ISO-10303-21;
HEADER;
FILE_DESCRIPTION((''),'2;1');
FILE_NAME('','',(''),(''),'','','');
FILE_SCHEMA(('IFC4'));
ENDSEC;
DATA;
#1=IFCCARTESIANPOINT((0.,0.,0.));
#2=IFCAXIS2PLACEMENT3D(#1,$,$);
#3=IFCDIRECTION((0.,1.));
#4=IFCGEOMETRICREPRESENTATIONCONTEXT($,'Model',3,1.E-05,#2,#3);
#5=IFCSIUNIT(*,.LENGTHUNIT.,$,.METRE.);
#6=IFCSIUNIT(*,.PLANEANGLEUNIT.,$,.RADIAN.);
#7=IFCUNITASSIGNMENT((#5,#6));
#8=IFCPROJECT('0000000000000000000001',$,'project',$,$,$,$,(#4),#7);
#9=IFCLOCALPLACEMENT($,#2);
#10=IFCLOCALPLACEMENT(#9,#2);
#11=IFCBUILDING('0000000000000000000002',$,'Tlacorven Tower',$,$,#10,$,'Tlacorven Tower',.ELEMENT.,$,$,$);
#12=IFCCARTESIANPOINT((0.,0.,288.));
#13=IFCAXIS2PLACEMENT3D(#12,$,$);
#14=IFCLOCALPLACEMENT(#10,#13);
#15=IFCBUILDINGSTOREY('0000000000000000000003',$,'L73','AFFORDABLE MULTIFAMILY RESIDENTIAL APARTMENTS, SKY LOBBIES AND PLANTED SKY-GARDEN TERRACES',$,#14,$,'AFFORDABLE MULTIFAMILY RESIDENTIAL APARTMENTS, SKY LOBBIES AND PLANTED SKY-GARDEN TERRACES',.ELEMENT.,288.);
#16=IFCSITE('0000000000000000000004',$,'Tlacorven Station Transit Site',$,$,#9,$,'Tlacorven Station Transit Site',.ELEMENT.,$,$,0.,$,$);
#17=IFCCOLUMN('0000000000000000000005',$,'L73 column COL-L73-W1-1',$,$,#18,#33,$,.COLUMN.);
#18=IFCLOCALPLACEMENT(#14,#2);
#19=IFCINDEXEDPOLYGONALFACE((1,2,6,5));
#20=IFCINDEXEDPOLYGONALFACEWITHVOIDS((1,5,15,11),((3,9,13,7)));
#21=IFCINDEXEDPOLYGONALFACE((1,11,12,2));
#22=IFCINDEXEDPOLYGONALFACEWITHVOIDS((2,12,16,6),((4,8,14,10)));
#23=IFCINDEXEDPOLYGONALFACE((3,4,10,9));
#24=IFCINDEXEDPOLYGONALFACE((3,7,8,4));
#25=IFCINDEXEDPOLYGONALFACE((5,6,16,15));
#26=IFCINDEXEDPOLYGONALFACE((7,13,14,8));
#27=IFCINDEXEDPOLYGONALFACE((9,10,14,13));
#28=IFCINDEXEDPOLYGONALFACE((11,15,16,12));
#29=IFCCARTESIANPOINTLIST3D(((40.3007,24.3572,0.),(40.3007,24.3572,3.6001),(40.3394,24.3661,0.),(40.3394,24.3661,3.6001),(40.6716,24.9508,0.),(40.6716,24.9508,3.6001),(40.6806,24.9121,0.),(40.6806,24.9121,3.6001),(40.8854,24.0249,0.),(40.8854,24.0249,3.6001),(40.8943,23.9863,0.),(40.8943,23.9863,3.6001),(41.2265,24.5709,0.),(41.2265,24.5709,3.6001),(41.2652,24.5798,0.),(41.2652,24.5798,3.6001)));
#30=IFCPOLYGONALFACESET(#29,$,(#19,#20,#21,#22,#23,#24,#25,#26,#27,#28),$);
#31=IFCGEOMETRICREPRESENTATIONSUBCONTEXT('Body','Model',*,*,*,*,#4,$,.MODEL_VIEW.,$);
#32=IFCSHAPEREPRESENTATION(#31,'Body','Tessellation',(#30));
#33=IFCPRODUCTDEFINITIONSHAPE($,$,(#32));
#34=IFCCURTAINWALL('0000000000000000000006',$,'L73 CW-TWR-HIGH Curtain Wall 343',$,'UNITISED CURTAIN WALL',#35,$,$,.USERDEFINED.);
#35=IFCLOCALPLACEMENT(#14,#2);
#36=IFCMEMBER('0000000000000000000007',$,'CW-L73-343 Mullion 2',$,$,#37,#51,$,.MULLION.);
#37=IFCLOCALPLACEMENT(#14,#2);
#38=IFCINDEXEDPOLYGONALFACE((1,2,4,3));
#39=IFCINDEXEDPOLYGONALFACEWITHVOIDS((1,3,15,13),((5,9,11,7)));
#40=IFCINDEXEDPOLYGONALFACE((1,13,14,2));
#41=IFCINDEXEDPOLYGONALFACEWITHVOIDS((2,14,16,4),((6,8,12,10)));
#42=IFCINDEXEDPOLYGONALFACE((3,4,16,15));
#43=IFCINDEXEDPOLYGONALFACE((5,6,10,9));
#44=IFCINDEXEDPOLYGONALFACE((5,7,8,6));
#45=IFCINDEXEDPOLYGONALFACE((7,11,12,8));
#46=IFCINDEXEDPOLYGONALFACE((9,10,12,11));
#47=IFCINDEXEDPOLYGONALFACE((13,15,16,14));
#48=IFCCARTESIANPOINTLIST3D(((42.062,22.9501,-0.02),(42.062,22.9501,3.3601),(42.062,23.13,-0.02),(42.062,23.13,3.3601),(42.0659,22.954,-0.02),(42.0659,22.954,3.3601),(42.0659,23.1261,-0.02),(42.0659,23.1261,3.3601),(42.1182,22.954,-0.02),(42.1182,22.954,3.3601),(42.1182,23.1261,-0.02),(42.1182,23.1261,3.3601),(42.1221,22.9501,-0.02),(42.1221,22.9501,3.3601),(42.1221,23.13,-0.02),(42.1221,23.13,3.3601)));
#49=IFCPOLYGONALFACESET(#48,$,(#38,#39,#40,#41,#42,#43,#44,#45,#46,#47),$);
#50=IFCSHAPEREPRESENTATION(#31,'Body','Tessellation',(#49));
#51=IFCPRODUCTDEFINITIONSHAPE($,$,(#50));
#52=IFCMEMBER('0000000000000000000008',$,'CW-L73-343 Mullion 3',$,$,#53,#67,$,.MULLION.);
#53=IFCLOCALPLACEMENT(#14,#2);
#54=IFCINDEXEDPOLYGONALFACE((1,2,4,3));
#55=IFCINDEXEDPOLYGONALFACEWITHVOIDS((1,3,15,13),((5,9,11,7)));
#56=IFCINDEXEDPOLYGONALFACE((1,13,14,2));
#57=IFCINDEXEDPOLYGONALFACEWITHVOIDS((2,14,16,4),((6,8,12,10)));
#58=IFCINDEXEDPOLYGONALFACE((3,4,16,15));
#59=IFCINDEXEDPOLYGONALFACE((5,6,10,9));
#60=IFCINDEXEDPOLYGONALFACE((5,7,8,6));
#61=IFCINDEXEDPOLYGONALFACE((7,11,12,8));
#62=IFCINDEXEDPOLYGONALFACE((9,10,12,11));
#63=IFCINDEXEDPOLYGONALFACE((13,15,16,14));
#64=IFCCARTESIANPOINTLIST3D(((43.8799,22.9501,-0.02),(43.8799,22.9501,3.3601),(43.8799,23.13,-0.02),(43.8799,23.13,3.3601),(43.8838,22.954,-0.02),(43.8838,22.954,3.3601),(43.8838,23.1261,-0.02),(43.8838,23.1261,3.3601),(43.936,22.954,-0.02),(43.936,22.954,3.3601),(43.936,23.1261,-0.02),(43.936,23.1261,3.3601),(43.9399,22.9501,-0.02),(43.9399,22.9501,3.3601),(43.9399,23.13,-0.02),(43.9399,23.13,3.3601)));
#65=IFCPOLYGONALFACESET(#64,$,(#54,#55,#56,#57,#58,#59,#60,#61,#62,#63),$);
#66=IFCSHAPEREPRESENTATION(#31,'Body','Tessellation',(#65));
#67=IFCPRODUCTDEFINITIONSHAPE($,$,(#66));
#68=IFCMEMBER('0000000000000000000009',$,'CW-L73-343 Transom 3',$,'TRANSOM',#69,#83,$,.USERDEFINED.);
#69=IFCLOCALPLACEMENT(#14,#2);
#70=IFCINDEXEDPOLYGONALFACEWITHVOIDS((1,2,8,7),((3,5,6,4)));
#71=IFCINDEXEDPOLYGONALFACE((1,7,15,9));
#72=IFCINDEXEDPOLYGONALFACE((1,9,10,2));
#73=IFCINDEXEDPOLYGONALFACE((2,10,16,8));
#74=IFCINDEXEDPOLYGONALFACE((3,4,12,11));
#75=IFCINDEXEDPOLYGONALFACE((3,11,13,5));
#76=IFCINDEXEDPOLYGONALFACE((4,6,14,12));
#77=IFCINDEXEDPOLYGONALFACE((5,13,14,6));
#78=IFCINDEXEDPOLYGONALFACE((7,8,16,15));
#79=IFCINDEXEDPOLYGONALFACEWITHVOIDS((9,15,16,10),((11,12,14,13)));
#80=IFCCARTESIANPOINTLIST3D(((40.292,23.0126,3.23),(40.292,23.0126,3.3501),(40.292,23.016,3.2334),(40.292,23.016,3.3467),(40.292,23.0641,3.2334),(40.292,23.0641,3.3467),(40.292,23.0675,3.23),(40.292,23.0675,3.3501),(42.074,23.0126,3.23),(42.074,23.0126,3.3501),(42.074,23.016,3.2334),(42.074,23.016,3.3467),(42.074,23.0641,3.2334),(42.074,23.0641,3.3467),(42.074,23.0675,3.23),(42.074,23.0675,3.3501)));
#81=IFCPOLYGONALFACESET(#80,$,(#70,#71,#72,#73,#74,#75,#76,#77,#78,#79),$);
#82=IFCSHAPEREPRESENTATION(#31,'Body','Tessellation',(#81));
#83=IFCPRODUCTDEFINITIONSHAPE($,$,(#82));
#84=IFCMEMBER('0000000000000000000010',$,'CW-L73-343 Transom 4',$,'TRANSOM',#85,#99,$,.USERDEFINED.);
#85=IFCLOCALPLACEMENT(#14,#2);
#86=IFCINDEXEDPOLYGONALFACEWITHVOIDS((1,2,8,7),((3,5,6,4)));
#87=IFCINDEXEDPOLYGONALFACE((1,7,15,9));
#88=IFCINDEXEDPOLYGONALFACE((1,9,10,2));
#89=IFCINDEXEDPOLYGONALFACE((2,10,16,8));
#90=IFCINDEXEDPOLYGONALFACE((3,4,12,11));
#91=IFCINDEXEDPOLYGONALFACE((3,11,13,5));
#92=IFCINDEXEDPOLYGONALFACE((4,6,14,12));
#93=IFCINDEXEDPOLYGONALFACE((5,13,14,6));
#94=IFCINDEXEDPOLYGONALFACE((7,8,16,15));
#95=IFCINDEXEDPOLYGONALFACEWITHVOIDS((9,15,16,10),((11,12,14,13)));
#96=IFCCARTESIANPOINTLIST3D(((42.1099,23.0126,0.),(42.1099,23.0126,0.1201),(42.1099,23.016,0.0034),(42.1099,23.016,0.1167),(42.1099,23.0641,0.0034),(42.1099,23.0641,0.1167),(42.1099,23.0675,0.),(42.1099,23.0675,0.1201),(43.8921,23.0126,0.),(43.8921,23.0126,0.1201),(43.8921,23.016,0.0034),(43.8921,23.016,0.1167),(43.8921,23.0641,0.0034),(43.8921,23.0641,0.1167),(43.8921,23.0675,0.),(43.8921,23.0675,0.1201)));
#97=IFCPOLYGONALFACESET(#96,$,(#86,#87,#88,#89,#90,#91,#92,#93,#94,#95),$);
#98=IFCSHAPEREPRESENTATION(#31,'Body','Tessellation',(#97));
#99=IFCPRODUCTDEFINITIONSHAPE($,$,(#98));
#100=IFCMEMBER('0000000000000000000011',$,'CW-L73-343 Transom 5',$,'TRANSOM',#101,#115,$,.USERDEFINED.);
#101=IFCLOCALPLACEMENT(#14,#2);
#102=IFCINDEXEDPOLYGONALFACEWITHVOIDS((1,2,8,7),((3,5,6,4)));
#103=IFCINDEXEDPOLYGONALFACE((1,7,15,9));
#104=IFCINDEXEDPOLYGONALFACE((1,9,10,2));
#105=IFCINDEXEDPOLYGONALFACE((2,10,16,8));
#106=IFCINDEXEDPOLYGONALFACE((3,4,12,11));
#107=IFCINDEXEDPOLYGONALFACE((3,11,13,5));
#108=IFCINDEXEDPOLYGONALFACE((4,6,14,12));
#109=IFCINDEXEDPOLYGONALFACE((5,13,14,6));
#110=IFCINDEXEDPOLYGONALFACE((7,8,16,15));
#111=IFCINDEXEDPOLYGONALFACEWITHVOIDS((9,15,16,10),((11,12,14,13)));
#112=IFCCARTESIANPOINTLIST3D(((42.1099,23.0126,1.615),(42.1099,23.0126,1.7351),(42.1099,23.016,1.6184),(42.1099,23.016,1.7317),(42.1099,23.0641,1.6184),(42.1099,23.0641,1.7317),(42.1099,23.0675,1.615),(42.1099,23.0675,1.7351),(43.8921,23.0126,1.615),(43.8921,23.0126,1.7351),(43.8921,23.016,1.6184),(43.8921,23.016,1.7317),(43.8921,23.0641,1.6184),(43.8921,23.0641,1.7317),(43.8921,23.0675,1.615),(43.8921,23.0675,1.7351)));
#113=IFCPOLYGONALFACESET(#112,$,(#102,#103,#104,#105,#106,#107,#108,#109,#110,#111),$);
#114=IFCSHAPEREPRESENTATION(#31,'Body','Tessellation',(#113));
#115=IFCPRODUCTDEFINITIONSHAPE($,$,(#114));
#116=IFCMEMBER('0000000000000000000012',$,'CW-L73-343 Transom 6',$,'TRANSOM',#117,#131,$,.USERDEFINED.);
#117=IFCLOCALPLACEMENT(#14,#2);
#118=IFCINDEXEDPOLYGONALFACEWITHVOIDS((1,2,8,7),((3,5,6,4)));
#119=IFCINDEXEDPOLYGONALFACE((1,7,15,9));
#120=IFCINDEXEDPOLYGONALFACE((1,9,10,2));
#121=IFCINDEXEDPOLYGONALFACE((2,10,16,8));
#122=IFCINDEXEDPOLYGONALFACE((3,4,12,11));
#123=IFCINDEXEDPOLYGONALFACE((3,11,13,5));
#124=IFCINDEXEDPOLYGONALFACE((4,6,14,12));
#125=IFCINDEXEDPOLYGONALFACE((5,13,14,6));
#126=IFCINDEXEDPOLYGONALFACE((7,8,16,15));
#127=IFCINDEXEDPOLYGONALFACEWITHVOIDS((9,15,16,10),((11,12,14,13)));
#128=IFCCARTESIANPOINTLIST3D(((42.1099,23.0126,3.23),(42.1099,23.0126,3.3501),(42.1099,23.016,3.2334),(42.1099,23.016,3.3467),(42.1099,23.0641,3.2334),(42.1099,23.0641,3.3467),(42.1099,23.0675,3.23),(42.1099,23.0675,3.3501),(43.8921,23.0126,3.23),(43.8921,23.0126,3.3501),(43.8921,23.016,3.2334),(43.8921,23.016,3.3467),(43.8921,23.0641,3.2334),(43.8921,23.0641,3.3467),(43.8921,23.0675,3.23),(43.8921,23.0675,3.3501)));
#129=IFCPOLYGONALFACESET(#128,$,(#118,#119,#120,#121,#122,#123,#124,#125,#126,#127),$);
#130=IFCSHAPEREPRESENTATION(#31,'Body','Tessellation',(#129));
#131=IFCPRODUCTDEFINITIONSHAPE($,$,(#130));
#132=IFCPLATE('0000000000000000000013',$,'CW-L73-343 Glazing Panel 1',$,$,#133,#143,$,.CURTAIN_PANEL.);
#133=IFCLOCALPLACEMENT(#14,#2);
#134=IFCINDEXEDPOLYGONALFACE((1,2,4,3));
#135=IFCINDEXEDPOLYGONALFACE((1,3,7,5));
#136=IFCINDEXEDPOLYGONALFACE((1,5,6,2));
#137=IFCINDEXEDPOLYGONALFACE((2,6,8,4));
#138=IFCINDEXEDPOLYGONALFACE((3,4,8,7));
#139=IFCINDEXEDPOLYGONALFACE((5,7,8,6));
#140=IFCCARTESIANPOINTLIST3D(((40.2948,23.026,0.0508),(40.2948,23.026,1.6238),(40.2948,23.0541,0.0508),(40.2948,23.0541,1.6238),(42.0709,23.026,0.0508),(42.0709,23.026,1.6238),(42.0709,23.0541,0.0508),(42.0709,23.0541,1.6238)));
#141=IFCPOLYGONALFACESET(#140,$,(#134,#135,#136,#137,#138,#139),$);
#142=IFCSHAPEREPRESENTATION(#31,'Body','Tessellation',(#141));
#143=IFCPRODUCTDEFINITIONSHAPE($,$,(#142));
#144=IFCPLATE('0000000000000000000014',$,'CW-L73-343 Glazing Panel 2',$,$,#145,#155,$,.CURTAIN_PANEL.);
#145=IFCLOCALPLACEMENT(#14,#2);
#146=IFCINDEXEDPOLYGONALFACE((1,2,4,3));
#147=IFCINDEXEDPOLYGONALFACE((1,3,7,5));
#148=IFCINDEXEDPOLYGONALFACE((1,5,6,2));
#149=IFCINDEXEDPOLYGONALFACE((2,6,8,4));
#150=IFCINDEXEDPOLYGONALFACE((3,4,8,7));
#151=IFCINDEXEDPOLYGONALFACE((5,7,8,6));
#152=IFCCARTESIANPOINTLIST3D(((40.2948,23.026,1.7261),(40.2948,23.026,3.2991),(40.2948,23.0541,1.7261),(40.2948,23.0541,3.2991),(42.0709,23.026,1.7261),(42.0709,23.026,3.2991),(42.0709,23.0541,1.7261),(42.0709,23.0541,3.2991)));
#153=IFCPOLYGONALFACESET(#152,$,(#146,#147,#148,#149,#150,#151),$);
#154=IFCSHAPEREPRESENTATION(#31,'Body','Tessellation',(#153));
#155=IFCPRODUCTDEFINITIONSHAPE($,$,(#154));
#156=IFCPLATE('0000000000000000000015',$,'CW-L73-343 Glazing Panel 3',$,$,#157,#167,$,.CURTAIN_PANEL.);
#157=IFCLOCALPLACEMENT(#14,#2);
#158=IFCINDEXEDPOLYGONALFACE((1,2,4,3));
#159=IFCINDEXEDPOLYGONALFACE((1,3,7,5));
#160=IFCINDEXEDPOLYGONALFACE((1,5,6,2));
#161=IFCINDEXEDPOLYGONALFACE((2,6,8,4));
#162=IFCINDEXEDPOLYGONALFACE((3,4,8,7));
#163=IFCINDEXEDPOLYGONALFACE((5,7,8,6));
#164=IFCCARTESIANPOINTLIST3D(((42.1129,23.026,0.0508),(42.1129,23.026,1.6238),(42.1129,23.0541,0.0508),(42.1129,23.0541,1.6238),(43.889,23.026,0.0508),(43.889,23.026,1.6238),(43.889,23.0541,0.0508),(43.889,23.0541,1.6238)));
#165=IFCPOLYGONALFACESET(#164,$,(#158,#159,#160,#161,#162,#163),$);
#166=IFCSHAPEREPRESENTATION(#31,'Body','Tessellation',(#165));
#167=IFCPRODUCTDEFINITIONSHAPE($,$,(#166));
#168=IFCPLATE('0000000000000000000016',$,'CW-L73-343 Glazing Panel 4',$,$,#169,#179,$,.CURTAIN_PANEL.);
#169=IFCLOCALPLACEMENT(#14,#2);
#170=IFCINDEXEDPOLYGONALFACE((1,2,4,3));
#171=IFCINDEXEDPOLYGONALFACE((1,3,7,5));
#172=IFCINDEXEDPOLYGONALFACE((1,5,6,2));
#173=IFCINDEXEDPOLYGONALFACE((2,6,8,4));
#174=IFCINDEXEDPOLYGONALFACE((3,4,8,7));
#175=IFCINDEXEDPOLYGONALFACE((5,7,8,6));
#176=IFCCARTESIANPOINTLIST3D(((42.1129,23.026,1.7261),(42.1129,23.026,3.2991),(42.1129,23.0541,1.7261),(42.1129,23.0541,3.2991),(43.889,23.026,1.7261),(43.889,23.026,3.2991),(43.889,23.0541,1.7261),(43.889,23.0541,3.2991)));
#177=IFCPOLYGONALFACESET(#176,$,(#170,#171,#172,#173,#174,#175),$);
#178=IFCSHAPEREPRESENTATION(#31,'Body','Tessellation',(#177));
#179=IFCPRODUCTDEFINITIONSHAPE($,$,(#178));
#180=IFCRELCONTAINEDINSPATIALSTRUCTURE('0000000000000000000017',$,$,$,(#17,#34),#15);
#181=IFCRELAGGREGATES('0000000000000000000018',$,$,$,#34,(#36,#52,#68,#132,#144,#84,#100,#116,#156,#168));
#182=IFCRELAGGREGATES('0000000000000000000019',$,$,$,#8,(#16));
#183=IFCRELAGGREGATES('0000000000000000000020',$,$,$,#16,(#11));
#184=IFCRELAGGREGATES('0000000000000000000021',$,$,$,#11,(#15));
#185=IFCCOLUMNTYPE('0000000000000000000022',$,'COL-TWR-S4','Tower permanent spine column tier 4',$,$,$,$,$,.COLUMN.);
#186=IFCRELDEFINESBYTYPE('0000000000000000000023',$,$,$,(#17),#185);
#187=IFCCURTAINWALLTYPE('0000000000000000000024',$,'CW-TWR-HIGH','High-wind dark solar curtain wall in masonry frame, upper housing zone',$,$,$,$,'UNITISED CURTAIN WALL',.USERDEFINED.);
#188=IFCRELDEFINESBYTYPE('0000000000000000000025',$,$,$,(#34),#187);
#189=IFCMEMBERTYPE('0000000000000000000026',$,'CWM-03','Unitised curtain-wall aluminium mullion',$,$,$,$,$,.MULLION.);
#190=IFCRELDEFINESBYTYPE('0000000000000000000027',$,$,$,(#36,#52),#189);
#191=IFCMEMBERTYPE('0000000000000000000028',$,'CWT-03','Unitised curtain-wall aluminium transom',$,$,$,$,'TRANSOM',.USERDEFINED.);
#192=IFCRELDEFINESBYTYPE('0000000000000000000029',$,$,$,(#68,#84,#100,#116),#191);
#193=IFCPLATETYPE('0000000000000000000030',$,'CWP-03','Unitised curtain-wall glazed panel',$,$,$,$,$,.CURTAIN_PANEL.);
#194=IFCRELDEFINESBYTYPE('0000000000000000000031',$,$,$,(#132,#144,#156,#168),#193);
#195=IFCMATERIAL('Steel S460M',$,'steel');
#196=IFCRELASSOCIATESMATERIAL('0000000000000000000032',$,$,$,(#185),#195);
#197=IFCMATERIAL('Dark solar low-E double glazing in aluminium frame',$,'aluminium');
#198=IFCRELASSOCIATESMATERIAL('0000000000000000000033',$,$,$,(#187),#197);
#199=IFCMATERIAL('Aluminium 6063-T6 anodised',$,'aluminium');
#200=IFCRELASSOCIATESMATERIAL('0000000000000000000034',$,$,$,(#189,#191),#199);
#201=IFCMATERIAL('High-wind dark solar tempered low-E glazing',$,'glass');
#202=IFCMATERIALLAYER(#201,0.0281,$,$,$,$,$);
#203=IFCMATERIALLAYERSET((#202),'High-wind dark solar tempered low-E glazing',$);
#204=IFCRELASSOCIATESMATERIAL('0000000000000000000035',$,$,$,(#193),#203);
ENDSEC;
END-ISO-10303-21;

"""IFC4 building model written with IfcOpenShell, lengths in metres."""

from ifc_helpers import new_model, si_unit, direction, frame, origin, origin_2d, place, context, subcontext, project, spatial, rectangle, hollow_rectangle, extrude, source, transform, mapped, material, layer, layer_set, material_profile, profile_set, type_object, element, aggregate, save


model = new_model("IFC4")

# Units and contexts
model_context = context("Model", 3, precision=1e-05, world=origin(), true_north=direction((0.0, 1.0)))
body_context = subcontext(model_context, "Body", "Model", "MODEL_VIEW")
ifc_project = project(units=[si_unit("LENGTHUNIT", "METRE"), si_unit("PLANEANGLEUNIT", "RADIAN")], contexts=[model_context])

# Site, building, storey
site_placement = place(None, origin())
site = spatial("IfcSite", under=ifc_project, at=site_placement, Name="Tlacorven Station Transit Site", LongName="Tlacorven Station Transit Site", CompositionType="ELEMENT", RefElevation=0.0)
building_placement = place(site_placement, origin())
building = spatial("IfcBuilding", under=site, at=building_placement, Name="Tlacorven Tower", LongName="Tlacorven Tower", CompositionType="ELEMENT")
storey_placement = place(building_placement, frame((0.0, 0.0, 288.0)))
storey = spatial("IfcBuildingStorey", under=building, at=storey_placement, Name="L73", Description="AFFORDABLE MULTIFAMILY RESIDENTIAL APARTMENTS, SKY LOBBIES AND PLANTED SKY-GARDEN TERRACES", LongName="AFFORDABLE MULTIFAMILY RESIDENTIAL APARTMENTS, SKY LOBBIES AND PLANTED SKY-GARDEN TERRACES", CompositionType="ELEMENT", Elevation=288.0)

# Column
ifc_material_1 = material(Name="Steel S460M", Category="steel")
ifc_material_profile_1 = material_profile(ifc_material_1, hollow_rectangle(XDim=0.7, YDim=0.7, WallThickness=0.0281, at=origin_2d()), Name="BOX 700X700X28")
ifc_profile_set_1 = profile_set([ifc_material_profile_1], Name="Steel S460M")
column_type = type_object("IfcColumnType", Name="COL-TWR-S4", Description="Tower permanent spine column tier 4", PredefinedType="COLUMN", material=ifc_profile_set_1)
shared_shape_1 = source(origin(), body_context, "Body", "SweptSolid", [
    extrude(hollow_rectangle(XDim=0.7, YDim=0.7, WallThickness=0.0281, at=origin_2d()), origin(), (0.0, 0.0, 1.0), 3.6001),
])
column_placement = place(storey_placement, frame((40.783, 24.4685, 0.0), z_axis=(0.0, 0.0, 1.0), x_axis=(-0.848048, 0.529919, 0.0)))
element("IfcColumn", 1, at=column_placement, inside=storey, type_object=column_type, Name="L73 column COL-L73-W1-1", PredefinedType="COLUMN", context=body_context, shape_type="MappedRepresentation", body=[
    mapped(shared_shape_1, transform((0.0, 0.0, 0.0), scale=1.0)),
])

# Curtain wall, members, plates
ifc_material_2 = material(Name="Dark solar low-E double glazing in aluminium frame", Category="aluminium")
curtain_wall_type = type_object("IfcCurtainWallType", Name="CW-TWR-HIGH", Description="High-wind dark solar curtain wall in masonry frame, upper housing zone", ElementType="UNITISED CURTAIN WALL", PredefinedType="USERDEFINED", material=ifc_material_2)
curtain_wall_placement = place(storey_placement, origin())
curtain_wall = element("IfcCurtainWall", 2, at=curtain_wall_placement, inside=storey, type_object=curtain_wall_type, Name="L73 CW-TWR-HIGH Curtain Wall 343", ObjectType="UNITISED CURTAIN WALL", PredefinedType="USERDEFINED")
ifc_material_3 = material(Name="Aluminium 6063-T6 anodised", Category="aluminium")
ifc_material_profile_2 = material_profile(ifc_material_3, hollow_rectangle(XDim=0.0601, YDim=0.1799, WallThickness=0.0039, at=origin_2d()), Name="ALU MULLION 60X180")
ifc_profile_set_2 = profile_set([ifc_material_profile_2], Name="Aluminium 6063-T6 anodised")
member_type_1 = type_object("IfcMemberType", Name="CWM-03", Description="Unitised curtain-wall aluminium mullion", PredefinedType="MULLION", material=ifc_profile_set_2)
shared_shape_2 = source(origin(), body_context, "Body", "SweptSolid", [
    extrude(hollow_rectangle(XDim=0.0601, YDim=0.1799, WallThickness=0.0039, at=origin_2d()), origin(), (0.0, 0.0, 1.0), 3.3801),
])
member_1_placement = place(storey_placement, frame((42.092, 23.04, -0.02), z_axis=(0.0, 0.0, 1.0), x_axis=(1.0, 0.0, 0.0)))
member_1 = element("IfcMember", 3, at=member_1_placement, type_object=member_type_1, Name="CW-L73-343 Mullion 2", PredefinedType="MULLION", context=body_context, shape_type="MappedRepresentation", body=[
    mapped(shared_shape_2, transform((0.0, 0.0, 0.0), scale=1.0)),
])
member_2_placement = place(storey_placement, frame((43.9099, 23.04, -0.02), z_axis=(0.0, 0.0, 1.0), x_axis=(1.0, 0.0, 0.0)))
member_2 = element("IfcMember", 4, at=member_2_placement, type_object=member_type_1, Name="CW-L73-343 Mullion 3", PredefinedType="MULLION", context=body_context, shape_type="MappedRepresentation", body=[
    mapped(shared_shape_2, transform((0.0, 0.0, 0.0), scale=1.0)),
])
ifc_material_profile_3 = material_profile(ifc_material_3, hollow_rectangle(XDim=0.0549, YDim=0.1201, WallThickness=0.0034, at=origin_2d()), Name="ALU TRANSOM 55X120")
ifc_profile_set_3 = profile_set([ifc_material_profile_3], Name="Aluminium 6063-T6 anodised")
member_type_2 = type_object("IfcMemberType", Name="CWT-03", Description="Unitised curtain-wall aluminium transom", ElementType="TRANSOM", PredefinedType="USERDEFINED", material=ifc_profile_set_3)
shared_shape_3 = source(origin(), body_context, "Body", "SweptSolid", [
    extrude(hollow_rectangle(XDim=0.0549, YDim=0.1201, WallThickness=0.0034, at=origin_2d()), origin(), (0.0, 0.0, 1.0), 1.782),
])
member_3_placement = place(storey_placement, frame((40.292, 23.04, 3.29), z_axis=(1.0, 0.0, 0.0), x_axis=(0.0, 1.0, 0.0)))
member_3 = element("IfcMember", 5, at=member_3_placement, type_object=member_type_2, Name="CW-L73-343 Transom 3", ObjectType="TRANSOM", PredefinedType="USERDEFINED", context=body_context, shape_type="MappedRepresentation", body=[
    mapped(shared_shape_3, transform((0.0, 0.0, 0.0), scale=1.0)),
])
shared_shape_4 = source(origin(), body_context, "Body", "SweptSolid", [
    extrude(hollow_rectangle(XDim=0.0549, YDim=0.1201, WallThickness=0.0034, at=origin_2d()), origin(), (0.0, 0.0, 1.0), 1.7822),
])
member_4_placement = place(storey_placement, frame((42.1099, 23.04, 0.0601), z_axis=(1.0, 0.0, 0.0), x_axis=(0.0, 1.0, 0.0)))
member_4 = element("IfcMember", 6, at=member_4_placement, type_object=member_type_2, Name="CW-L73-343 Transom 4", ObjectType="TRANSOM", PredefinedType="USERDEFINED", context=body_context, shape_type="MappedRepresentation", body=[
    mapped(shared_shape_4, transform((0.0, 0.0, 0.0), scale=1.0)),
])
member_5_placement = place(storey_placement, frame((42.1099, 23.04, 1.675), z_axis=(1.0, 0.0, 0.0), x_axis=(0.0, 1.0, 0.0)))
member_5 = element("IfcMember", 7, at=member_5_placement, type_object=member_type_2, Name="CW-L73-343 Transom 5", ObjectType="TRANSOM", PredefinedType="USERDEFINED", context=body_context, shape_type="MappedRepresentation", body=[
    mapped(shared_shape_4, transform((0.0, 0.0, 0.0), scale=1.0)),
])
member_6_placement = place(storey_placement, frame((42.1099, 23.04, 3.29), z_axis=(1.0, 0.0, 0.0), x_axis=(0.0, 1.0, 0.0)))
member_6 = element("IfcMember", 8, at=member_6_placement, type_object=member_type_2, Name="CW-L73-343 Transom 6", ObjectType="TRANSOM", PredefinedType="USERDEFINED", context=body_context, shape_type="MappedRepresentation", body=[
    mapped(shared_shape_4, transform((0.0, 0.0, 0.0), scale=1.0)),
])
ifc_material_4 = material(Name="High-wind dark solar tempered low-E glazing", Category="glass")
ifc_layer_1 = layer(ifc_material_4, 0.0281)
ifc_layer_set_1 = layer_set([ifc_layer_1], Name="High-wind dark solar tempered low-E glazing")
plate_type = type_object("IfcPlateType", Name="CWP-03", Description="Unitised curtain-wall glazed panel", PredefinedType="CURTAIN_PANEL", material=ifc_layer_set_1)
shared_shape_5 = source(origin(), body_context, "Body", "SweptSolid", [
    extrude(rectangle(XDim=1.7761, YDim=0.0281, at=origin_2d()), origin(), (0.0, 0.0, 1.0), 1.573),
])
plate_1_placement = place(storey_placement, frame((41.1829, 23.04, 0.0508), z_axis=(0.0, 0.0, 1.0), x_axis=(1.0, 0.0, 0.0)))
plate_1 = element("IfcPlate", 9, at=plate_1_placement, type_object=plate_type, Name="CW-L73-343 Glazing Panel 1", PredefinedType="CURTAIN_PANEL", context=body_context, shape_type="MappedRepresentation", body=[
    mapped(shared_shape_5, transform((0.0, 0.0, 0.0), scale=1.0)),
])
plate_2_placement = place(storey_placement, frame((41.1829, 23.04, 1.7261), z_axis=(0.0, 0.0, 1.0), x_axis=(1.0, 0.0, 0.0)))
plate_2 = element("IfcPlate", 10, at=plate_2_placement, type_object=plate_type, Name="CW-L73-343 Glazing Panel 2", PredefinedType="CURTAIN_PANEL", context=body_context, shape_type="MappedRepresentation", body=[
    mapped(shared_shape_5, transform((0.0, 0.0, 0.0), scale=1.0)),
])
plate_3_placement = place(storey_placement, frame((43.001, 23.04, 0.0508), z_axis=(0.0, 0.0, 1.0), x_axis=(1.0, 0.0, 0.0)))
plate_3 = element("IfcPlate", 11, at=plate_3_placement, type_object=plate_type, Name="CW-L73-343 Glazing Panel 3", PredefinedType="CURTAIN_PANEL", context=body_context, shape_type="MappedRepresentation", body=[
    mapped(shared_shape_5, transform((0.0, 0.0, 0.0), scale=1.0)),
])
plate_4_placement = place(storey_placement, frame((43.001, 23.04, 1.7261), z_axis=(0.0, 0.0, 1.0), x_axis=(1.0, 0.0, 0.0)))
plate_4 = element("IfcPlate", 12, at=plate_4_placement, type_object=plate_type, Name="CW-L73-343 Glazing Panel 4", PredefinedType="CURTAIN_PANEL", context=body_context, shape_type="MappedRepresentation", body=[
    mapped(shared_shape_5, transform((0.0, 0.0, 0.0), scale=1.0)),
])
aggregate(curtain_wall, [member_1, member_2, member_3, plate_1, plate_2, member_4, member_5, member_6, plate_3, plate_4])

save(model, "model.ifc")
